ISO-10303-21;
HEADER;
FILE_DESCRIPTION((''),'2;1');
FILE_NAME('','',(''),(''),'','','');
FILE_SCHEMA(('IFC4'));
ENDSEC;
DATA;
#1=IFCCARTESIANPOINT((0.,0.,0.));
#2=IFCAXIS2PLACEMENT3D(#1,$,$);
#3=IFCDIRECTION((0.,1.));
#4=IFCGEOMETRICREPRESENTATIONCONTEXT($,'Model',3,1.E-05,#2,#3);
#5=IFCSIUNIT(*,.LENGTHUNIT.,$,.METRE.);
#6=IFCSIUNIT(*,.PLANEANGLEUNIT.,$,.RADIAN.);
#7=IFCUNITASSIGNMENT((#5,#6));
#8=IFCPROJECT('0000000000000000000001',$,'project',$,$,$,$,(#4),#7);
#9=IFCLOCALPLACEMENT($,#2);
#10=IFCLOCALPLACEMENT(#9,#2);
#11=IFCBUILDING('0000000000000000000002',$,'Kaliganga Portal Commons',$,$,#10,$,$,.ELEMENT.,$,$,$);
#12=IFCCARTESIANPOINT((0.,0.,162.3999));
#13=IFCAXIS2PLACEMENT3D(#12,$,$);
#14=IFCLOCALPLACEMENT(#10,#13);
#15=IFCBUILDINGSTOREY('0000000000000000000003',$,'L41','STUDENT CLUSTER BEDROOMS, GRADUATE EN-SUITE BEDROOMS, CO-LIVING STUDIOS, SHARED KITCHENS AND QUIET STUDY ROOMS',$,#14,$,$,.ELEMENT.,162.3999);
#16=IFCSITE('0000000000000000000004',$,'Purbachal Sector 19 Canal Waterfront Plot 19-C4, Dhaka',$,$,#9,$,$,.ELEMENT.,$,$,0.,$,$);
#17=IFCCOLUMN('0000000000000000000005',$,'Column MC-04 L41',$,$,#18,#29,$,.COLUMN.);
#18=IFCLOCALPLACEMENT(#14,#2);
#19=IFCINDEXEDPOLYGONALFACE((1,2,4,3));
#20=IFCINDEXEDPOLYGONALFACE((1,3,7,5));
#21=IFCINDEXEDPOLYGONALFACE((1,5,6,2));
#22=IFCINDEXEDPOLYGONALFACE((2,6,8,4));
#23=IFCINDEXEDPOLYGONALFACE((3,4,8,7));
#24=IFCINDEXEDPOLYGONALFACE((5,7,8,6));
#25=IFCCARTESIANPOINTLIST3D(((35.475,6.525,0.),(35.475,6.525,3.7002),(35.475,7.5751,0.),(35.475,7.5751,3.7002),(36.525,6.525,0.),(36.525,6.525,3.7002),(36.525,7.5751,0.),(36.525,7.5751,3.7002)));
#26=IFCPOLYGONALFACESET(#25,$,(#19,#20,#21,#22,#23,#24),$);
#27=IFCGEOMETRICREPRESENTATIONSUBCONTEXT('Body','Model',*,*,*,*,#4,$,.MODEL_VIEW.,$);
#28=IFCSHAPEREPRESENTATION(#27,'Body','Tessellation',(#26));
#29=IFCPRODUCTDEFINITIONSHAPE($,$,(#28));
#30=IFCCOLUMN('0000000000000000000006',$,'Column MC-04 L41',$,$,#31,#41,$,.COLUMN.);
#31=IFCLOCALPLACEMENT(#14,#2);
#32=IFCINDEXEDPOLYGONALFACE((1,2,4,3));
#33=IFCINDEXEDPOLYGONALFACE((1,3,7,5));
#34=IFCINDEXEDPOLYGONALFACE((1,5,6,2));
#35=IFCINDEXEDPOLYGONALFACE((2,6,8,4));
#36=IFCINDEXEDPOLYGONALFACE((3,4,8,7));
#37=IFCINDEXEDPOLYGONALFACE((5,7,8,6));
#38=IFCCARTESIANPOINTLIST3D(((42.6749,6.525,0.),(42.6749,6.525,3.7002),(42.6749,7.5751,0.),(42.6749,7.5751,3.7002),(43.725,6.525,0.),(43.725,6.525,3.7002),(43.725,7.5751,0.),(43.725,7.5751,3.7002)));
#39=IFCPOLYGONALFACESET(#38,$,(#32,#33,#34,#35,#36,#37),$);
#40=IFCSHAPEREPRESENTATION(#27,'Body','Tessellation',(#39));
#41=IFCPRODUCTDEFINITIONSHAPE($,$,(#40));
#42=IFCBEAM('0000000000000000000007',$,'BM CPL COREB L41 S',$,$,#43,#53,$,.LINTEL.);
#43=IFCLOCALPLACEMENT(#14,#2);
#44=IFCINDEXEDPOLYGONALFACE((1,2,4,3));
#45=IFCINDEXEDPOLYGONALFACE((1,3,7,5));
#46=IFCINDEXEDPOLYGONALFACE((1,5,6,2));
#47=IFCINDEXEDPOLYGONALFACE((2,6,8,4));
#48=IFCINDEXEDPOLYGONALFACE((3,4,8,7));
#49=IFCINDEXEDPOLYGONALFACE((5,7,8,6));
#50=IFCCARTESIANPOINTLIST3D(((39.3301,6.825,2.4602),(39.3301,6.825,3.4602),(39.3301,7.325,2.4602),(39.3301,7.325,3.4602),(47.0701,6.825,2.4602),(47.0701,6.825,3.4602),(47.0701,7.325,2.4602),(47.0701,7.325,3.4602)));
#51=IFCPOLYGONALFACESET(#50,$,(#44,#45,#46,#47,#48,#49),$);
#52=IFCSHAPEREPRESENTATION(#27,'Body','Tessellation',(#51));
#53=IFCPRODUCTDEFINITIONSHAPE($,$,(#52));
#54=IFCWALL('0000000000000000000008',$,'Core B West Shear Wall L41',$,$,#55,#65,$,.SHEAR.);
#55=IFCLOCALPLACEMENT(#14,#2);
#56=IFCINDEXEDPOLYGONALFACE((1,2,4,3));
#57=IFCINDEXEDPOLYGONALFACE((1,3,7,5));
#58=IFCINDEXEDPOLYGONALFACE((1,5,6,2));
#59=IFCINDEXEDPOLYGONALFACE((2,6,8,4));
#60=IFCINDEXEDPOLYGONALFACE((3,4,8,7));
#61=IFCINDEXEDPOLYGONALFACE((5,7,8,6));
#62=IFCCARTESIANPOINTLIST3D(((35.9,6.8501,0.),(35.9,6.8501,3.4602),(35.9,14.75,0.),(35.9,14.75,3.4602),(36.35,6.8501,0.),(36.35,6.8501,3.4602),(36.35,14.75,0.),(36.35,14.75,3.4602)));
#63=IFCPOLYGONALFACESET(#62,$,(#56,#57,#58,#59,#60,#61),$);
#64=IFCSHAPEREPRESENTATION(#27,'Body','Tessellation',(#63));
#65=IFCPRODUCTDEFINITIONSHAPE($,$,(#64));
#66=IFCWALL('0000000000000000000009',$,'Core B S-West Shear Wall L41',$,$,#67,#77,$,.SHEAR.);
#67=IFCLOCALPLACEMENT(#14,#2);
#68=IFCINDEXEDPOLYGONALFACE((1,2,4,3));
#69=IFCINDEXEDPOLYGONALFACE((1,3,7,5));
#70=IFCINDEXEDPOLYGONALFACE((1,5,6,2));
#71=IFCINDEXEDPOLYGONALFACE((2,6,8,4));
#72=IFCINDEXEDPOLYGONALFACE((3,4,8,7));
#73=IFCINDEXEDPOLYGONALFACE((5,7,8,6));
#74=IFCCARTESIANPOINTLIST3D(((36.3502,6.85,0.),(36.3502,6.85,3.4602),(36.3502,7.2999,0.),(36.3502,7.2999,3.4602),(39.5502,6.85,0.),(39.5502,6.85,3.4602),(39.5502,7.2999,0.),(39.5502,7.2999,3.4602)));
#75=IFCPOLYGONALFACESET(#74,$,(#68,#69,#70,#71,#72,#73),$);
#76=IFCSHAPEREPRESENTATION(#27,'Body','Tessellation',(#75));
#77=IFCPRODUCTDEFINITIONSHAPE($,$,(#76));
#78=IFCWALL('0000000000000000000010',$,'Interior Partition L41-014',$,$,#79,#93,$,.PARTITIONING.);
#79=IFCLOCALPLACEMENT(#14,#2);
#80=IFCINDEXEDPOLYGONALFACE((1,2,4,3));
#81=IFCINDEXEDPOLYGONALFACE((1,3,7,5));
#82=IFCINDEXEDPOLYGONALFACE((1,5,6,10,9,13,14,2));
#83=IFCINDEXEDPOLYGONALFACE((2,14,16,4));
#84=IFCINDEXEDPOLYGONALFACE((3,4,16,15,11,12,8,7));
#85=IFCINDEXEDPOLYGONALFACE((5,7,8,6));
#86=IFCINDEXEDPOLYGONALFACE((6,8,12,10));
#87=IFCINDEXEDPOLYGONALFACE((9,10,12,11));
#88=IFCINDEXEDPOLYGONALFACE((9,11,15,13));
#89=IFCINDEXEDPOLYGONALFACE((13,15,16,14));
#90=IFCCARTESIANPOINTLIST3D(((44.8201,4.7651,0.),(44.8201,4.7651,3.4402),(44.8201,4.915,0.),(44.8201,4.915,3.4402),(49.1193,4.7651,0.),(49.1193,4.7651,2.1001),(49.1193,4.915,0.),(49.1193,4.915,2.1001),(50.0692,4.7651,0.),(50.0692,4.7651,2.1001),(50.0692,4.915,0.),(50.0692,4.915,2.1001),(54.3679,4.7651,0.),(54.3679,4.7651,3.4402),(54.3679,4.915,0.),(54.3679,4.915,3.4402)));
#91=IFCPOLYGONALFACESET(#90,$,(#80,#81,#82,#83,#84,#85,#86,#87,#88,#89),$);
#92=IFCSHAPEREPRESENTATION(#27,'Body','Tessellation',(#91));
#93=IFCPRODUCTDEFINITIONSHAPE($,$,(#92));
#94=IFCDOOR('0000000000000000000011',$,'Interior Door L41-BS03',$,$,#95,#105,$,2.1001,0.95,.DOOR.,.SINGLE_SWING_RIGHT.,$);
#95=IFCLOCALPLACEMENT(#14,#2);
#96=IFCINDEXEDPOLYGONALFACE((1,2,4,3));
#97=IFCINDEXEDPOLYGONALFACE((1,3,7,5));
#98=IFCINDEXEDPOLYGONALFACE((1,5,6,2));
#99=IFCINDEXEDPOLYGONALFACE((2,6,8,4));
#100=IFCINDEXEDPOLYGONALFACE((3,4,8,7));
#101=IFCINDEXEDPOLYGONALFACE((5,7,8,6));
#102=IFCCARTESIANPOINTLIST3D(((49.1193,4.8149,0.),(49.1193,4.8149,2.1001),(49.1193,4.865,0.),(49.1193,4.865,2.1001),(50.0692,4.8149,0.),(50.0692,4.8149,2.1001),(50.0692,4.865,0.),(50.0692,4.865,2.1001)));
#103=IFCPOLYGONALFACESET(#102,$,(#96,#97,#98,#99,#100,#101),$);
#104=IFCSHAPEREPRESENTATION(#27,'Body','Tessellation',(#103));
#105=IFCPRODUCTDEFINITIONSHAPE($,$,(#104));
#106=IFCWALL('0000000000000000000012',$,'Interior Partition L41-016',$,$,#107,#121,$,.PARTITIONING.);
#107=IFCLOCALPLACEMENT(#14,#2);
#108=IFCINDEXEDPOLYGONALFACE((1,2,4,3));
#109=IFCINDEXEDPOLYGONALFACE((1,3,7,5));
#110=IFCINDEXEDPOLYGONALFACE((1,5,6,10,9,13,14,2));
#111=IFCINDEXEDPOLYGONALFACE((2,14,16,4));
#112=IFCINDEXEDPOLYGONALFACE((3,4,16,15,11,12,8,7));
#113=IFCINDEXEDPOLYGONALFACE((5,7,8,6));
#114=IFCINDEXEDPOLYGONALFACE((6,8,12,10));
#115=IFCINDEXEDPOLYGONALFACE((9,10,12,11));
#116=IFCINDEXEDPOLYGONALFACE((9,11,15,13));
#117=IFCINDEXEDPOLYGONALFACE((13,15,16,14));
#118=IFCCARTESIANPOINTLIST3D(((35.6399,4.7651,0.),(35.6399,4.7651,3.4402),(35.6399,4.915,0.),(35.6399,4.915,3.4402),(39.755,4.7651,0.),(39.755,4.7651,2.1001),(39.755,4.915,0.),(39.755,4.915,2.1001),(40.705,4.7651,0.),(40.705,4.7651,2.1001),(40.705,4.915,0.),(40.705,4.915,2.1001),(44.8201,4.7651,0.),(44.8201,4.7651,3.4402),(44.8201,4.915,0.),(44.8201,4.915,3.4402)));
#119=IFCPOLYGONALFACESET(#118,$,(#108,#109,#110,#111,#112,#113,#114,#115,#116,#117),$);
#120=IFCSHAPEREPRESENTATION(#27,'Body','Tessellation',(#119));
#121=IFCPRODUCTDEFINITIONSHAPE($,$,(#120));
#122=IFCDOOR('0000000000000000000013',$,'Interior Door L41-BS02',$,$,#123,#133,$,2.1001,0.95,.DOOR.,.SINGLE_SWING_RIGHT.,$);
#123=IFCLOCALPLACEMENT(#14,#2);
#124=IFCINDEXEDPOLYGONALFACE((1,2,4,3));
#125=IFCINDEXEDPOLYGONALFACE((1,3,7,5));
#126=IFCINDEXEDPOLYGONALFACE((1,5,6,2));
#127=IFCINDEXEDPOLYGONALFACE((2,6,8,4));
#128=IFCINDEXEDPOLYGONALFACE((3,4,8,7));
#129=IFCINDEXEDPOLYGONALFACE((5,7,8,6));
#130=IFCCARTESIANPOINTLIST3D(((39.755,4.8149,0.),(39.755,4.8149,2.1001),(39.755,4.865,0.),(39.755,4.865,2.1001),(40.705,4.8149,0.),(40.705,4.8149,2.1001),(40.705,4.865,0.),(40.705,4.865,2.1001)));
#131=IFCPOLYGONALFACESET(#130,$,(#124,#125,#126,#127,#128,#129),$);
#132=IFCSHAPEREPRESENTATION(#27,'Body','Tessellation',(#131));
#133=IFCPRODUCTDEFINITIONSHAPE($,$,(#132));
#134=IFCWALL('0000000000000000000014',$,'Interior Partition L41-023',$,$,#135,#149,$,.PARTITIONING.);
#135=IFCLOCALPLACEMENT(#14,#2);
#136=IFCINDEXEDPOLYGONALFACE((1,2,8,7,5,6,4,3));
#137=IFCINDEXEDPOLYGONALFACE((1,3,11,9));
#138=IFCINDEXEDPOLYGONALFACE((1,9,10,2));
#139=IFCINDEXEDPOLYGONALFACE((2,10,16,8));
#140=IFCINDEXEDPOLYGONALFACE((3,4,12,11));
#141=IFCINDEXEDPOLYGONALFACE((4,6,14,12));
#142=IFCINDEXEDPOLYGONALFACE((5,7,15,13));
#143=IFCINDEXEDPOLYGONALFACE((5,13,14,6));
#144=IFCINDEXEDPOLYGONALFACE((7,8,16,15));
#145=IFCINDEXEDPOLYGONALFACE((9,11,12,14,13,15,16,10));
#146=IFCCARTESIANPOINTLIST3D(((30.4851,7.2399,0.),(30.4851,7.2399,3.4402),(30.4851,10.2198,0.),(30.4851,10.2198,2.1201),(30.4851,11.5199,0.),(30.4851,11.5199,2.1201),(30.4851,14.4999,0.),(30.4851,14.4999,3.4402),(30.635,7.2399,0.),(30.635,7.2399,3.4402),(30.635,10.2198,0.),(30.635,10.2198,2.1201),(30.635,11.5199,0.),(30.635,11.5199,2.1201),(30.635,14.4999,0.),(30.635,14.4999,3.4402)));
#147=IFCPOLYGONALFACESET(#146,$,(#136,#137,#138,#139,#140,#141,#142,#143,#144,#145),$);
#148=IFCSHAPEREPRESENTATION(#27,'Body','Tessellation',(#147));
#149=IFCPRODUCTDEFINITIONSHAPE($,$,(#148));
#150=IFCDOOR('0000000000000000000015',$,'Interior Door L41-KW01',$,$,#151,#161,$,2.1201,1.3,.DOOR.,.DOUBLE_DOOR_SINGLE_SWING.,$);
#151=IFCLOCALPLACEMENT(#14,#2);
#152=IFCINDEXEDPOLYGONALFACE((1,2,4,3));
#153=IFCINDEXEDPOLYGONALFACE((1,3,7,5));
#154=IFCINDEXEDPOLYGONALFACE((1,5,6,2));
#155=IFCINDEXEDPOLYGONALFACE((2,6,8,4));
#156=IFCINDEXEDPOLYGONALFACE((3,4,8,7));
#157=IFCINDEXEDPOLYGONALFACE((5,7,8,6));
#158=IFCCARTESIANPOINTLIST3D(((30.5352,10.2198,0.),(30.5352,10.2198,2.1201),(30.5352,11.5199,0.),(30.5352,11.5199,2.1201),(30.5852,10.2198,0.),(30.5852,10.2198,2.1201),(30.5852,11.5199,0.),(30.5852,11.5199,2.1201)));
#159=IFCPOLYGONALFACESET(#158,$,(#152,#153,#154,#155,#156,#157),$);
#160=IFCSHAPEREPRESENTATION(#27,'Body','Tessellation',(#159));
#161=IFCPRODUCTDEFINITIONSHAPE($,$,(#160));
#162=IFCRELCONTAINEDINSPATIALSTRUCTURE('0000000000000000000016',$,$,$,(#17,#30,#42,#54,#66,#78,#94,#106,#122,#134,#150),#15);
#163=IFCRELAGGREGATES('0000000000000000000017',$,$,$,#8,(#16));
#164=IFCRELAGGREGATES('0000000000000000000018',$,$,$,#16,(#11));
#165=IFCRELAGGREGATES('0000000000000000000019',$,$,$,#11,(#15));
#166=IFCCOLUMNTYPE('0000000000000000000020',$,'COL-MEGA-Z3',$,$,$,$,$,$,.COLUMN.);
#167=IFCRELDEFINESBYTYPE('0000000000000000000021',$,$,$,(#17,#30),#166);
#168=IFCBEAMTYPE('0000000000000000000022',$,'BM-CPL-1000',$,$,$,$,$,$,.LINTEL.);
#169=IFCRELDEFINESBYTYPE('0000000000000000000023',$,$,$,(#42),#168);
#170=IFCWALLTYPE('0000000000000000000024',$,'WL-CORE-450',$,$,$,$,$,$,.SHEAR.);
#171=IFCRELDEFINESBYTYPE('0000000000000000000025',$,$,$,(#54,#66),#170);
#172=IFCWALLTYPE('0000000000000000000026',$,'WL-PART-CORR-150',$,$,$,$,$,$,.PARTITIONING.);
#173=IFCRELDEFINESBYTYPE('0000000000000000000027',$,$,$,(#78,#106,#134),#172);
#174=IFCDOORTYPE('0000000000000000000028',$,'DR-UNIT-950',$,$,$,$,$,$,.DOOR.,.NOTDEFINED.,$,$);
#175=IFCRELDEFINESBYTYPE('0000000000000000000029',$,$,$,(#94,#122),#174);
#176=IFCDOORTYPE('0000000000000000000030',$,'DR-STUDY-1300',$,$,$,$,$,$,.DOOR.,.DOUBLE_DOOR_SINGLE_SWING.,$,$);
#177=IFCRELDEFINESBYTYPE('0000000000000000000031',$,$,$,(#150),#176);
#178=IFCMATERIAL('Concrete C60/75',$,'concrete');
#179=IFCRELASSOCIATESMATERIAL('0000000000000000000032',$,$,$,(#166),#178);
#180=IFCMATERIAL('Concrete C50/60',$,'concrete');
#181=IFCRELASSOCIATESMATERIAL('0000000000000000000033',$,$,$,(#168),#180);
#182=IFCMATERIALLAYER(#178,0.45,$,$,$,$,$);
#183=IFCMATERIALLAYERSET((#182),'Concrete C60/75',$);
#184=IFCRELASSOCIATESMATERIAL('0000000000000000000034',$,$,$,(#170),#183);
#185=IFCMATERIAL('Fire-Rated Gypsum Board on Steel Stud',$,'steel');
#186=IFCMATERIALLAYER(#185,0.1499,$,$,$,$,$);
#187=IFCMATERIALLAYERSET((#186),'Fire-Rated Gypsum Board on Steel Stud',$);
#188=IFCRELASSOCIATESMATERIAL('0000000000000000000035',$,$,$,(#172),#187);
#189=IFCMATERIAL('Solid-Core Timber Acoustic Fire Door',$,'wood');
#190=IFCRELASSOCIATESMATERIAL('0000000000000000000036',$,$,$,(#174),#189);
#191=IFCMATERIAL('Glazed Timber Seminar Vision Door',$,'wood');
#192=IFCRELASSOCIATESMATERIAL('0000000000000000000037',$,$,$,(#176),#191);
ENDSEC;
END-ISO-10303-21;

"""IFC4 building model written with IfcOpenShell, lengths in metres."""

from ifc_helpers import new_model, si_unit, direction, frame, frame_2d, origin, origin_2d, place, context, subcontext, project, spatial, rectangle, extrude, source, transform, mapped, material, layer, layer_set, material_profile, profile_set, type_object, element, fill, save


model = new_model("IFC4")

# Units and contexts
model_context = context("Model", 3, precision=1e-05, world=origin(), true_north=direction((0.0, 1.0)))
body_context = subcontext(model_context, "Body", "Model", "MODEL_VIEW")
ifc_project = project(units=[si_unit("LENGTHUNIT", "METRE"), si_unit("PLANEANGLEUNIT", "RADIAN")], contexts=[model_context])

# Site, building, storey
site_placement = place(None, origin())
site = spatial("IfcSite", under=ifc_project, at=site_placement, Name="Purbachal Sector 19 Canal Waterfront Plot 19-C4, Dhaka", CompositionType="ELEMENT", RefElevation=0.0)
building_placement = place(site_placement, origin())
building = spatial("IfcBuilding", under=site, at=building_placement, Name="Kaliganga Portal Commons", CompositionType="ELEMENT")
storey_placement = place(building_placement, frame((0.0, 0.0, 162.3999)))
storey = spatial("IfcBuildingStorey", under=building, at=storey_placement, Name="L41", Description="STUDENT CLUSTER BEDROOMS, GRADUATE EN-SUITE BEDROOMS, CO-LIVING STUDIOS, SHARED KITCHENS AND QUIET STUDY ROOMS", CompositionType="ELEMENT", Elevation=162.3999)

# Columns
ifc_material_1 = material(Name="Concrete C60/75", Category="concrete")
ifc_material_profile_1 = material_profile(ifc_material_1, rectangle(XDim=1.05, YDim=1.05, at=origin_2d()), Name="RC 1050x1050")
ifc_profile_set_1 = profile_set([ifc_material_profile_1], Name="Concrete C60/75")
column_type = type_object("IfcColumnType", Name="COL-MEGA-Z3", PredefinedType="COLUMN", material=ifc_profile_set_1)
shared_shape_1 = source(origin(), body_context, "Body", "SweptSolid", [
    extrude(rectangle(XDim=1.05, YDim=1.05, at=origin_2d()), origin(), (0.0, 0.0, 1.0), 3.7002),
])
for number, where, z_axis, x_axis, name in (
    (1, (36.0, 7.05, 0.0), (0.0, 0.0, 1.0), (1.0, 0.0, 0.0), "Column MC-04 L41"),
    (2, (43.2, 7.05, 0.0), (0.0, 0.0, 1.0), (1.0, 0.0, 0.0), "Column MC-04 L41"),
):
    element("IfcColumn", number, at=place(storey_placement, frame(where, z_axis=z_axis, x_axis=x_axis)), inside=storey, type_object=column_type, Name=name, PredefinedType="COLUMN", context=body_context, shape_type="MappedRepresentation", body=[
        mapped(shared_shape_1, transform((0.0, 0.0, 0.0), x_axis=(1.0, 0.0, 0.0), y_axis=(0.0, 1.0, 0.0), z_axis=(0.0, 0.0, 1.0), scale=1.0)),
    ])

# Beam
ifc_material_2 = material(Name="Concrete C50/60", Category="concrete")
ifc_material_profile_2 = material_profile(ifc_material_2, rectangle(XDim=0.5, YDim=1.0, at=origin_2d()), Name="RC 500x1000")
ifc_profile_set_2 = profile_set([ifc_material_profile_2], Name="Concrete C50/60")
beam_type = type_object("IfcBeamType", Name="BM-CPL-1000", PredefinedType="LINTEL", material=ifc_profile_set_2)
shared_shape_2 = source(origin(), body_context, "Body", "SweptSolid", [
    extrude(rectangle(XDim=0.5, YDim=1.0, at=origin_2d()), origin(), (0.0, 0.0, 1.0), 7.74),
])
beam_placement = place(storey_placement, frame((39.3301, 7.075, 2.9602), z_axis=(1.0, 0.0, 0.0), x_axis=(0.0, 1.0, 0.0)))
element("IfcBeam", 3, at=beam_placement, inside=storey, type_object=beam_type, Name="BM CPL COREB L41 S", PredefinedType="LINTEL", context=body_context, shape_type="MappedRepresentation", body=[
    mapped(shared_shape_2, transform((0.0, 0.0, 0.0), x_axis=(1.0, 0.0, 0.0), y_axis=(0.0, 1.0, 0.0), z_axis=(0.0, 0.0, 1.0), scale=1.0)),
])

# Walls
ifc_layer_1 = layer(ifc_material_1, 0.45)
ifc_layer_set_1 = layer_set([ifc_layer_1], Name="Concrete C60/75")
wall_type_1 = type_object("IfcWallType", Name="WL-CORE-450", PredefinedType="SHEAR", material=ifc_layer_set_1)
wall_1_placement = place(storey_placement, frame((36.125, 6.8501, 0.0), z_axis=(0.0, 0.0, 1.0), x_axis=(0.0, 1.0, 0.0)))
element("IfcWall", 4, at=wall_1_placement, inside=storey, type_object=wall_type_1, Name="Core B West Shear Wall L41", PredefinedType="SHEAR", context=body_context, shape_type="SweptSolid", body=[
    extrude(rectangle(XDim=7.8999, YDim=0.45, at=frame_2d((3.95, 0.0))), origin(), (0.0, 0.0, 1.0), 3.4602),
])
wall_2_placement = place(storey_placement, frame((36.3501, 7.075, 0.0), z_axis=(0.0, 0.0, 1.0), x_axis=(1.0, 0.0, 0.0)))
element("IfcWall", 5, at=wall_2_placement, inside=storey, type_object=wall_type_1, Name="Core B S-West Shear Wall L41", PredefinedType="SHEAR", context=body_context, shape_type="SweptSolid", body=[
    extrude(rectangle(XDim=3.2, YDim=0.45, at=frame_2d((1.6001, 0.0))), origin(), (0.0, 0.0, 1.0), 3.4602),
])

# Walls, openings, doors
ifc_material_3 = material(Name="Fire-Rated Gypsum Board on Steel Stud", Category="steel")
ifc_layer_2 = layer(ifc_material_3, 0.1499)
ifc_layer_set_2 = layer_set([ifc_layer_2], Name="Fire-Rated Gypsum Board on Steel Stud")
wall_type_2 = type_object("IfcWallType", Name="WL-PART-CORR-150", PredefinedType="PARTITIONING", material=ifc_layer_set_2)
wall_3_placement = place(storey_placement, frame((44.8201, 4.8401, 0.0), z_axis=(0.0, 0.0, 1.0), x_axis=(1.0, 0.0, 0.0)))
wall_3 = element("IfcWall", 6, at=wall_3_placement, inside=storey, type_object=wall_type_2, Name="Interior Partition L41-014", PredefinedType="PARTITIONING", context=body_context, shape_type="SweptSolid", body=[
    extrude(rectangle(XDim=9.5479, YDim=0.1499, at=frame_2d((4.7739, 0.0))), origin(), (0.0, 0.0, 1.0), 3.4402),
])
opening_1_placement = place(wall_3_placement, frame((4.2991, 0.0, 0.0)))
opening_1 = element("IfcOpeningElement", 7, at=opening_1_placement, cuts=wall_3, PredefinedType="OPENING", context=body_context, shape_type="SweptSolid", body=[
    extrude(rectangle(XDim=0.95, YDim=2.1001, at=frame_2d((0.4751, 1.05))), frame((0.0, 0.085, 0.0), z_axis=(0.0, -1.0, 0.0), x_axis=(1.0, 0.0, 0.0)), (0.0, 0.0, 1.0), 0.1699),
])
ifc_material_4 = material(Name="Solid-Core Timber Acoustic Fire Door", Category="wood")
door_type_1 = type_object("IfcDoorType", Name="DR-UNIT-950", OperationType="NOTDEFINED", PredefinedType="DOOR", material=ifc_material_4)
door_1_placement = place(opening_1_placement, origin())
door_1 = element("IfcDoor", 8, at=door_1_placement, inside=storey, type_object=door_type_1, Name="Interior Door L41-BS03", OperationType="SINGLE_SWING_RIGHT", OverallHeight=2.1001, OverallWidth=0.95, PredefinedType="DOOR", context=body_context, shape_type="SweptSolid", body=[
    extrude(rectangle(XDim=0.95, YDim=2.1001, at=frame_2d((0.4751, 1.05))), frame((0.0, 0.0249, 0.0), z_axis=(0.0, -1.0, 0.0), x_axis=(1.0, 0.0, 0.0)), (0.0, 0.0, 1.0), 0.05),
])
fill(opening_1, door_1)
wall_4_placement = place(storey_placement, frame((35.6399, 4.8401, 0.0), z_axis=(0.0, 0.0, 1.0), x_axis=(1.0, 0.0, 0.0)))
wall_4 = element("IfcWall", 9, at=wall_4_placement, inside=storey, type_object=wall_type_2, Name="Interior Partition L41-016", PredefinedType="PARTITIONING", context=body_context, shape_type="SweptSolid", body=[
    extrude(rectangle(XDim=9.1802, YDim=0.1499, at=frame_2d((4.5901, 0.0))), origin(), (0.0, 0.0, 1.0), 3.4402),
])
opening_2_placement = place(wall_4_placement, frame((4.115, 0.0, 0.0)))
opening_2 = element("IfcOpeningElement", 10, at=opening_2_placement, cuts=wall_4, PredefinedType="OPENING", context=body_context, shape_type="SweptSolid", body=[
    extrude(rectangle(XDim=0.95, YDim=2.1001, at=frame_2d((0.4751, 1.05))), frame((0.0, 0.085, 0.0), z_axis=(0.0, -1.0, 0.0), x_axis=(1.0, 0.0, 0.0)), (0.0, 0.0, 1.0), 0.1699),
])
door_2_placement = place(opening_2_placement, origin())
door_2 = element("IfcDoor", 11, at=door_2_placement, inside=storey, type_object=door_type_1, Name="Interior Door L41-BS02", OperationType="SINGLE_SWING_RIGHT", OverallHeight=2.1001, OverallWidth=0.95, PredefinedType="DOOR", context=body_context, shape_type="SweptSolid", body=[
    extrude(rectangle(XDim=0.95, YDim=2.1001, at=frame_2d((0.4751, 1.05))), frame((0.0, 0.0249, 0.0), z_axis=(0.0, -1.0, 0.0), x_axis=(1.0, 0.0, 0.0)), (0.0, 0.0, 1.0), 0.05),
])
fill(opening_2, door_2)
wall_5_placement = place(storey_placement, frame((30.5601, 7.24, 0.0), z_axis=(0.0, 0.0, 1.0), x_axis=(0.0, 1.0, 0.0)))
wall_5 = element("IfcWall", 12, at=wall_5_placement, inside=storey, type_object=wall_type_2, Name="Interior Partition L41-023", PredefinedType="PARTITIONING", context=body_context, shape_type="SweptSolid", body=[
    extrude(rectangle(XDim=7.26, YDim=0.1499, at=frame_2d((3.6299, 0.0))), origin(), (0.0, 0.0, 1.0), 3.4402),
])
opening_3_placement = place(wall_5_placement, frame((2.98, 0.0, 0.0)))
opening_3 = element("IfcOpeningElement", 13, at=opening_3_placement, cuts=wall_5, PredefinedType="OPENING", context=body_context, shape_type="SweptSolid", body=[
    extrude(rectangle(XDim=1.3, YDim=2.1201, at=frame_2d((0.6499, 1.0601))), frame((0.0, 0.085, 0.0), z_axis=(0.0, -1.0, 0.0), x_axis=(1.0, 0.0, 0.0)), (0.0, 0.0, 1.0), 0.1699),
])
ifc_material_5 = material(Name="Glazed Timber Seminar Vision Door", Category="wood")
door_type_2 = type_object("IfcDoorType", Name="DR-STUDY-1300", OperationType="DOUBLE_DOOR_SINGLE_SWING", PredefinedType="DOOR", material=ifc_material_5)
door_3_placement = place(opening_3_placement, origin())
door_3 = element("IfcDoor", 14, at=door_3_placement, inside=storey, type_object=door_type_2, Name="Interior Door L41-KW01", OperationType="DOUBLE_DOOR_SINGLE_SWING", OverallHeight=2.1201, OverallWidth=1.3, PredefinedType="DOOR", context=body_context, shape_type="SweptSolid", body=[
    extrude(rectangle(XDim=1.3, YDim=2.1201, at=frame_2d((0.6499, 1.0601))), frame((0.0, 0.0249, 0.0), z_axis=(0.0, -1.0, 0.0), x_axis=(1.0, 0.0, 0.0)), (0.0, 0.0, 1.0), 0.05),
])
fill(opening_3, door_3)

save(model, "model.ifc")
